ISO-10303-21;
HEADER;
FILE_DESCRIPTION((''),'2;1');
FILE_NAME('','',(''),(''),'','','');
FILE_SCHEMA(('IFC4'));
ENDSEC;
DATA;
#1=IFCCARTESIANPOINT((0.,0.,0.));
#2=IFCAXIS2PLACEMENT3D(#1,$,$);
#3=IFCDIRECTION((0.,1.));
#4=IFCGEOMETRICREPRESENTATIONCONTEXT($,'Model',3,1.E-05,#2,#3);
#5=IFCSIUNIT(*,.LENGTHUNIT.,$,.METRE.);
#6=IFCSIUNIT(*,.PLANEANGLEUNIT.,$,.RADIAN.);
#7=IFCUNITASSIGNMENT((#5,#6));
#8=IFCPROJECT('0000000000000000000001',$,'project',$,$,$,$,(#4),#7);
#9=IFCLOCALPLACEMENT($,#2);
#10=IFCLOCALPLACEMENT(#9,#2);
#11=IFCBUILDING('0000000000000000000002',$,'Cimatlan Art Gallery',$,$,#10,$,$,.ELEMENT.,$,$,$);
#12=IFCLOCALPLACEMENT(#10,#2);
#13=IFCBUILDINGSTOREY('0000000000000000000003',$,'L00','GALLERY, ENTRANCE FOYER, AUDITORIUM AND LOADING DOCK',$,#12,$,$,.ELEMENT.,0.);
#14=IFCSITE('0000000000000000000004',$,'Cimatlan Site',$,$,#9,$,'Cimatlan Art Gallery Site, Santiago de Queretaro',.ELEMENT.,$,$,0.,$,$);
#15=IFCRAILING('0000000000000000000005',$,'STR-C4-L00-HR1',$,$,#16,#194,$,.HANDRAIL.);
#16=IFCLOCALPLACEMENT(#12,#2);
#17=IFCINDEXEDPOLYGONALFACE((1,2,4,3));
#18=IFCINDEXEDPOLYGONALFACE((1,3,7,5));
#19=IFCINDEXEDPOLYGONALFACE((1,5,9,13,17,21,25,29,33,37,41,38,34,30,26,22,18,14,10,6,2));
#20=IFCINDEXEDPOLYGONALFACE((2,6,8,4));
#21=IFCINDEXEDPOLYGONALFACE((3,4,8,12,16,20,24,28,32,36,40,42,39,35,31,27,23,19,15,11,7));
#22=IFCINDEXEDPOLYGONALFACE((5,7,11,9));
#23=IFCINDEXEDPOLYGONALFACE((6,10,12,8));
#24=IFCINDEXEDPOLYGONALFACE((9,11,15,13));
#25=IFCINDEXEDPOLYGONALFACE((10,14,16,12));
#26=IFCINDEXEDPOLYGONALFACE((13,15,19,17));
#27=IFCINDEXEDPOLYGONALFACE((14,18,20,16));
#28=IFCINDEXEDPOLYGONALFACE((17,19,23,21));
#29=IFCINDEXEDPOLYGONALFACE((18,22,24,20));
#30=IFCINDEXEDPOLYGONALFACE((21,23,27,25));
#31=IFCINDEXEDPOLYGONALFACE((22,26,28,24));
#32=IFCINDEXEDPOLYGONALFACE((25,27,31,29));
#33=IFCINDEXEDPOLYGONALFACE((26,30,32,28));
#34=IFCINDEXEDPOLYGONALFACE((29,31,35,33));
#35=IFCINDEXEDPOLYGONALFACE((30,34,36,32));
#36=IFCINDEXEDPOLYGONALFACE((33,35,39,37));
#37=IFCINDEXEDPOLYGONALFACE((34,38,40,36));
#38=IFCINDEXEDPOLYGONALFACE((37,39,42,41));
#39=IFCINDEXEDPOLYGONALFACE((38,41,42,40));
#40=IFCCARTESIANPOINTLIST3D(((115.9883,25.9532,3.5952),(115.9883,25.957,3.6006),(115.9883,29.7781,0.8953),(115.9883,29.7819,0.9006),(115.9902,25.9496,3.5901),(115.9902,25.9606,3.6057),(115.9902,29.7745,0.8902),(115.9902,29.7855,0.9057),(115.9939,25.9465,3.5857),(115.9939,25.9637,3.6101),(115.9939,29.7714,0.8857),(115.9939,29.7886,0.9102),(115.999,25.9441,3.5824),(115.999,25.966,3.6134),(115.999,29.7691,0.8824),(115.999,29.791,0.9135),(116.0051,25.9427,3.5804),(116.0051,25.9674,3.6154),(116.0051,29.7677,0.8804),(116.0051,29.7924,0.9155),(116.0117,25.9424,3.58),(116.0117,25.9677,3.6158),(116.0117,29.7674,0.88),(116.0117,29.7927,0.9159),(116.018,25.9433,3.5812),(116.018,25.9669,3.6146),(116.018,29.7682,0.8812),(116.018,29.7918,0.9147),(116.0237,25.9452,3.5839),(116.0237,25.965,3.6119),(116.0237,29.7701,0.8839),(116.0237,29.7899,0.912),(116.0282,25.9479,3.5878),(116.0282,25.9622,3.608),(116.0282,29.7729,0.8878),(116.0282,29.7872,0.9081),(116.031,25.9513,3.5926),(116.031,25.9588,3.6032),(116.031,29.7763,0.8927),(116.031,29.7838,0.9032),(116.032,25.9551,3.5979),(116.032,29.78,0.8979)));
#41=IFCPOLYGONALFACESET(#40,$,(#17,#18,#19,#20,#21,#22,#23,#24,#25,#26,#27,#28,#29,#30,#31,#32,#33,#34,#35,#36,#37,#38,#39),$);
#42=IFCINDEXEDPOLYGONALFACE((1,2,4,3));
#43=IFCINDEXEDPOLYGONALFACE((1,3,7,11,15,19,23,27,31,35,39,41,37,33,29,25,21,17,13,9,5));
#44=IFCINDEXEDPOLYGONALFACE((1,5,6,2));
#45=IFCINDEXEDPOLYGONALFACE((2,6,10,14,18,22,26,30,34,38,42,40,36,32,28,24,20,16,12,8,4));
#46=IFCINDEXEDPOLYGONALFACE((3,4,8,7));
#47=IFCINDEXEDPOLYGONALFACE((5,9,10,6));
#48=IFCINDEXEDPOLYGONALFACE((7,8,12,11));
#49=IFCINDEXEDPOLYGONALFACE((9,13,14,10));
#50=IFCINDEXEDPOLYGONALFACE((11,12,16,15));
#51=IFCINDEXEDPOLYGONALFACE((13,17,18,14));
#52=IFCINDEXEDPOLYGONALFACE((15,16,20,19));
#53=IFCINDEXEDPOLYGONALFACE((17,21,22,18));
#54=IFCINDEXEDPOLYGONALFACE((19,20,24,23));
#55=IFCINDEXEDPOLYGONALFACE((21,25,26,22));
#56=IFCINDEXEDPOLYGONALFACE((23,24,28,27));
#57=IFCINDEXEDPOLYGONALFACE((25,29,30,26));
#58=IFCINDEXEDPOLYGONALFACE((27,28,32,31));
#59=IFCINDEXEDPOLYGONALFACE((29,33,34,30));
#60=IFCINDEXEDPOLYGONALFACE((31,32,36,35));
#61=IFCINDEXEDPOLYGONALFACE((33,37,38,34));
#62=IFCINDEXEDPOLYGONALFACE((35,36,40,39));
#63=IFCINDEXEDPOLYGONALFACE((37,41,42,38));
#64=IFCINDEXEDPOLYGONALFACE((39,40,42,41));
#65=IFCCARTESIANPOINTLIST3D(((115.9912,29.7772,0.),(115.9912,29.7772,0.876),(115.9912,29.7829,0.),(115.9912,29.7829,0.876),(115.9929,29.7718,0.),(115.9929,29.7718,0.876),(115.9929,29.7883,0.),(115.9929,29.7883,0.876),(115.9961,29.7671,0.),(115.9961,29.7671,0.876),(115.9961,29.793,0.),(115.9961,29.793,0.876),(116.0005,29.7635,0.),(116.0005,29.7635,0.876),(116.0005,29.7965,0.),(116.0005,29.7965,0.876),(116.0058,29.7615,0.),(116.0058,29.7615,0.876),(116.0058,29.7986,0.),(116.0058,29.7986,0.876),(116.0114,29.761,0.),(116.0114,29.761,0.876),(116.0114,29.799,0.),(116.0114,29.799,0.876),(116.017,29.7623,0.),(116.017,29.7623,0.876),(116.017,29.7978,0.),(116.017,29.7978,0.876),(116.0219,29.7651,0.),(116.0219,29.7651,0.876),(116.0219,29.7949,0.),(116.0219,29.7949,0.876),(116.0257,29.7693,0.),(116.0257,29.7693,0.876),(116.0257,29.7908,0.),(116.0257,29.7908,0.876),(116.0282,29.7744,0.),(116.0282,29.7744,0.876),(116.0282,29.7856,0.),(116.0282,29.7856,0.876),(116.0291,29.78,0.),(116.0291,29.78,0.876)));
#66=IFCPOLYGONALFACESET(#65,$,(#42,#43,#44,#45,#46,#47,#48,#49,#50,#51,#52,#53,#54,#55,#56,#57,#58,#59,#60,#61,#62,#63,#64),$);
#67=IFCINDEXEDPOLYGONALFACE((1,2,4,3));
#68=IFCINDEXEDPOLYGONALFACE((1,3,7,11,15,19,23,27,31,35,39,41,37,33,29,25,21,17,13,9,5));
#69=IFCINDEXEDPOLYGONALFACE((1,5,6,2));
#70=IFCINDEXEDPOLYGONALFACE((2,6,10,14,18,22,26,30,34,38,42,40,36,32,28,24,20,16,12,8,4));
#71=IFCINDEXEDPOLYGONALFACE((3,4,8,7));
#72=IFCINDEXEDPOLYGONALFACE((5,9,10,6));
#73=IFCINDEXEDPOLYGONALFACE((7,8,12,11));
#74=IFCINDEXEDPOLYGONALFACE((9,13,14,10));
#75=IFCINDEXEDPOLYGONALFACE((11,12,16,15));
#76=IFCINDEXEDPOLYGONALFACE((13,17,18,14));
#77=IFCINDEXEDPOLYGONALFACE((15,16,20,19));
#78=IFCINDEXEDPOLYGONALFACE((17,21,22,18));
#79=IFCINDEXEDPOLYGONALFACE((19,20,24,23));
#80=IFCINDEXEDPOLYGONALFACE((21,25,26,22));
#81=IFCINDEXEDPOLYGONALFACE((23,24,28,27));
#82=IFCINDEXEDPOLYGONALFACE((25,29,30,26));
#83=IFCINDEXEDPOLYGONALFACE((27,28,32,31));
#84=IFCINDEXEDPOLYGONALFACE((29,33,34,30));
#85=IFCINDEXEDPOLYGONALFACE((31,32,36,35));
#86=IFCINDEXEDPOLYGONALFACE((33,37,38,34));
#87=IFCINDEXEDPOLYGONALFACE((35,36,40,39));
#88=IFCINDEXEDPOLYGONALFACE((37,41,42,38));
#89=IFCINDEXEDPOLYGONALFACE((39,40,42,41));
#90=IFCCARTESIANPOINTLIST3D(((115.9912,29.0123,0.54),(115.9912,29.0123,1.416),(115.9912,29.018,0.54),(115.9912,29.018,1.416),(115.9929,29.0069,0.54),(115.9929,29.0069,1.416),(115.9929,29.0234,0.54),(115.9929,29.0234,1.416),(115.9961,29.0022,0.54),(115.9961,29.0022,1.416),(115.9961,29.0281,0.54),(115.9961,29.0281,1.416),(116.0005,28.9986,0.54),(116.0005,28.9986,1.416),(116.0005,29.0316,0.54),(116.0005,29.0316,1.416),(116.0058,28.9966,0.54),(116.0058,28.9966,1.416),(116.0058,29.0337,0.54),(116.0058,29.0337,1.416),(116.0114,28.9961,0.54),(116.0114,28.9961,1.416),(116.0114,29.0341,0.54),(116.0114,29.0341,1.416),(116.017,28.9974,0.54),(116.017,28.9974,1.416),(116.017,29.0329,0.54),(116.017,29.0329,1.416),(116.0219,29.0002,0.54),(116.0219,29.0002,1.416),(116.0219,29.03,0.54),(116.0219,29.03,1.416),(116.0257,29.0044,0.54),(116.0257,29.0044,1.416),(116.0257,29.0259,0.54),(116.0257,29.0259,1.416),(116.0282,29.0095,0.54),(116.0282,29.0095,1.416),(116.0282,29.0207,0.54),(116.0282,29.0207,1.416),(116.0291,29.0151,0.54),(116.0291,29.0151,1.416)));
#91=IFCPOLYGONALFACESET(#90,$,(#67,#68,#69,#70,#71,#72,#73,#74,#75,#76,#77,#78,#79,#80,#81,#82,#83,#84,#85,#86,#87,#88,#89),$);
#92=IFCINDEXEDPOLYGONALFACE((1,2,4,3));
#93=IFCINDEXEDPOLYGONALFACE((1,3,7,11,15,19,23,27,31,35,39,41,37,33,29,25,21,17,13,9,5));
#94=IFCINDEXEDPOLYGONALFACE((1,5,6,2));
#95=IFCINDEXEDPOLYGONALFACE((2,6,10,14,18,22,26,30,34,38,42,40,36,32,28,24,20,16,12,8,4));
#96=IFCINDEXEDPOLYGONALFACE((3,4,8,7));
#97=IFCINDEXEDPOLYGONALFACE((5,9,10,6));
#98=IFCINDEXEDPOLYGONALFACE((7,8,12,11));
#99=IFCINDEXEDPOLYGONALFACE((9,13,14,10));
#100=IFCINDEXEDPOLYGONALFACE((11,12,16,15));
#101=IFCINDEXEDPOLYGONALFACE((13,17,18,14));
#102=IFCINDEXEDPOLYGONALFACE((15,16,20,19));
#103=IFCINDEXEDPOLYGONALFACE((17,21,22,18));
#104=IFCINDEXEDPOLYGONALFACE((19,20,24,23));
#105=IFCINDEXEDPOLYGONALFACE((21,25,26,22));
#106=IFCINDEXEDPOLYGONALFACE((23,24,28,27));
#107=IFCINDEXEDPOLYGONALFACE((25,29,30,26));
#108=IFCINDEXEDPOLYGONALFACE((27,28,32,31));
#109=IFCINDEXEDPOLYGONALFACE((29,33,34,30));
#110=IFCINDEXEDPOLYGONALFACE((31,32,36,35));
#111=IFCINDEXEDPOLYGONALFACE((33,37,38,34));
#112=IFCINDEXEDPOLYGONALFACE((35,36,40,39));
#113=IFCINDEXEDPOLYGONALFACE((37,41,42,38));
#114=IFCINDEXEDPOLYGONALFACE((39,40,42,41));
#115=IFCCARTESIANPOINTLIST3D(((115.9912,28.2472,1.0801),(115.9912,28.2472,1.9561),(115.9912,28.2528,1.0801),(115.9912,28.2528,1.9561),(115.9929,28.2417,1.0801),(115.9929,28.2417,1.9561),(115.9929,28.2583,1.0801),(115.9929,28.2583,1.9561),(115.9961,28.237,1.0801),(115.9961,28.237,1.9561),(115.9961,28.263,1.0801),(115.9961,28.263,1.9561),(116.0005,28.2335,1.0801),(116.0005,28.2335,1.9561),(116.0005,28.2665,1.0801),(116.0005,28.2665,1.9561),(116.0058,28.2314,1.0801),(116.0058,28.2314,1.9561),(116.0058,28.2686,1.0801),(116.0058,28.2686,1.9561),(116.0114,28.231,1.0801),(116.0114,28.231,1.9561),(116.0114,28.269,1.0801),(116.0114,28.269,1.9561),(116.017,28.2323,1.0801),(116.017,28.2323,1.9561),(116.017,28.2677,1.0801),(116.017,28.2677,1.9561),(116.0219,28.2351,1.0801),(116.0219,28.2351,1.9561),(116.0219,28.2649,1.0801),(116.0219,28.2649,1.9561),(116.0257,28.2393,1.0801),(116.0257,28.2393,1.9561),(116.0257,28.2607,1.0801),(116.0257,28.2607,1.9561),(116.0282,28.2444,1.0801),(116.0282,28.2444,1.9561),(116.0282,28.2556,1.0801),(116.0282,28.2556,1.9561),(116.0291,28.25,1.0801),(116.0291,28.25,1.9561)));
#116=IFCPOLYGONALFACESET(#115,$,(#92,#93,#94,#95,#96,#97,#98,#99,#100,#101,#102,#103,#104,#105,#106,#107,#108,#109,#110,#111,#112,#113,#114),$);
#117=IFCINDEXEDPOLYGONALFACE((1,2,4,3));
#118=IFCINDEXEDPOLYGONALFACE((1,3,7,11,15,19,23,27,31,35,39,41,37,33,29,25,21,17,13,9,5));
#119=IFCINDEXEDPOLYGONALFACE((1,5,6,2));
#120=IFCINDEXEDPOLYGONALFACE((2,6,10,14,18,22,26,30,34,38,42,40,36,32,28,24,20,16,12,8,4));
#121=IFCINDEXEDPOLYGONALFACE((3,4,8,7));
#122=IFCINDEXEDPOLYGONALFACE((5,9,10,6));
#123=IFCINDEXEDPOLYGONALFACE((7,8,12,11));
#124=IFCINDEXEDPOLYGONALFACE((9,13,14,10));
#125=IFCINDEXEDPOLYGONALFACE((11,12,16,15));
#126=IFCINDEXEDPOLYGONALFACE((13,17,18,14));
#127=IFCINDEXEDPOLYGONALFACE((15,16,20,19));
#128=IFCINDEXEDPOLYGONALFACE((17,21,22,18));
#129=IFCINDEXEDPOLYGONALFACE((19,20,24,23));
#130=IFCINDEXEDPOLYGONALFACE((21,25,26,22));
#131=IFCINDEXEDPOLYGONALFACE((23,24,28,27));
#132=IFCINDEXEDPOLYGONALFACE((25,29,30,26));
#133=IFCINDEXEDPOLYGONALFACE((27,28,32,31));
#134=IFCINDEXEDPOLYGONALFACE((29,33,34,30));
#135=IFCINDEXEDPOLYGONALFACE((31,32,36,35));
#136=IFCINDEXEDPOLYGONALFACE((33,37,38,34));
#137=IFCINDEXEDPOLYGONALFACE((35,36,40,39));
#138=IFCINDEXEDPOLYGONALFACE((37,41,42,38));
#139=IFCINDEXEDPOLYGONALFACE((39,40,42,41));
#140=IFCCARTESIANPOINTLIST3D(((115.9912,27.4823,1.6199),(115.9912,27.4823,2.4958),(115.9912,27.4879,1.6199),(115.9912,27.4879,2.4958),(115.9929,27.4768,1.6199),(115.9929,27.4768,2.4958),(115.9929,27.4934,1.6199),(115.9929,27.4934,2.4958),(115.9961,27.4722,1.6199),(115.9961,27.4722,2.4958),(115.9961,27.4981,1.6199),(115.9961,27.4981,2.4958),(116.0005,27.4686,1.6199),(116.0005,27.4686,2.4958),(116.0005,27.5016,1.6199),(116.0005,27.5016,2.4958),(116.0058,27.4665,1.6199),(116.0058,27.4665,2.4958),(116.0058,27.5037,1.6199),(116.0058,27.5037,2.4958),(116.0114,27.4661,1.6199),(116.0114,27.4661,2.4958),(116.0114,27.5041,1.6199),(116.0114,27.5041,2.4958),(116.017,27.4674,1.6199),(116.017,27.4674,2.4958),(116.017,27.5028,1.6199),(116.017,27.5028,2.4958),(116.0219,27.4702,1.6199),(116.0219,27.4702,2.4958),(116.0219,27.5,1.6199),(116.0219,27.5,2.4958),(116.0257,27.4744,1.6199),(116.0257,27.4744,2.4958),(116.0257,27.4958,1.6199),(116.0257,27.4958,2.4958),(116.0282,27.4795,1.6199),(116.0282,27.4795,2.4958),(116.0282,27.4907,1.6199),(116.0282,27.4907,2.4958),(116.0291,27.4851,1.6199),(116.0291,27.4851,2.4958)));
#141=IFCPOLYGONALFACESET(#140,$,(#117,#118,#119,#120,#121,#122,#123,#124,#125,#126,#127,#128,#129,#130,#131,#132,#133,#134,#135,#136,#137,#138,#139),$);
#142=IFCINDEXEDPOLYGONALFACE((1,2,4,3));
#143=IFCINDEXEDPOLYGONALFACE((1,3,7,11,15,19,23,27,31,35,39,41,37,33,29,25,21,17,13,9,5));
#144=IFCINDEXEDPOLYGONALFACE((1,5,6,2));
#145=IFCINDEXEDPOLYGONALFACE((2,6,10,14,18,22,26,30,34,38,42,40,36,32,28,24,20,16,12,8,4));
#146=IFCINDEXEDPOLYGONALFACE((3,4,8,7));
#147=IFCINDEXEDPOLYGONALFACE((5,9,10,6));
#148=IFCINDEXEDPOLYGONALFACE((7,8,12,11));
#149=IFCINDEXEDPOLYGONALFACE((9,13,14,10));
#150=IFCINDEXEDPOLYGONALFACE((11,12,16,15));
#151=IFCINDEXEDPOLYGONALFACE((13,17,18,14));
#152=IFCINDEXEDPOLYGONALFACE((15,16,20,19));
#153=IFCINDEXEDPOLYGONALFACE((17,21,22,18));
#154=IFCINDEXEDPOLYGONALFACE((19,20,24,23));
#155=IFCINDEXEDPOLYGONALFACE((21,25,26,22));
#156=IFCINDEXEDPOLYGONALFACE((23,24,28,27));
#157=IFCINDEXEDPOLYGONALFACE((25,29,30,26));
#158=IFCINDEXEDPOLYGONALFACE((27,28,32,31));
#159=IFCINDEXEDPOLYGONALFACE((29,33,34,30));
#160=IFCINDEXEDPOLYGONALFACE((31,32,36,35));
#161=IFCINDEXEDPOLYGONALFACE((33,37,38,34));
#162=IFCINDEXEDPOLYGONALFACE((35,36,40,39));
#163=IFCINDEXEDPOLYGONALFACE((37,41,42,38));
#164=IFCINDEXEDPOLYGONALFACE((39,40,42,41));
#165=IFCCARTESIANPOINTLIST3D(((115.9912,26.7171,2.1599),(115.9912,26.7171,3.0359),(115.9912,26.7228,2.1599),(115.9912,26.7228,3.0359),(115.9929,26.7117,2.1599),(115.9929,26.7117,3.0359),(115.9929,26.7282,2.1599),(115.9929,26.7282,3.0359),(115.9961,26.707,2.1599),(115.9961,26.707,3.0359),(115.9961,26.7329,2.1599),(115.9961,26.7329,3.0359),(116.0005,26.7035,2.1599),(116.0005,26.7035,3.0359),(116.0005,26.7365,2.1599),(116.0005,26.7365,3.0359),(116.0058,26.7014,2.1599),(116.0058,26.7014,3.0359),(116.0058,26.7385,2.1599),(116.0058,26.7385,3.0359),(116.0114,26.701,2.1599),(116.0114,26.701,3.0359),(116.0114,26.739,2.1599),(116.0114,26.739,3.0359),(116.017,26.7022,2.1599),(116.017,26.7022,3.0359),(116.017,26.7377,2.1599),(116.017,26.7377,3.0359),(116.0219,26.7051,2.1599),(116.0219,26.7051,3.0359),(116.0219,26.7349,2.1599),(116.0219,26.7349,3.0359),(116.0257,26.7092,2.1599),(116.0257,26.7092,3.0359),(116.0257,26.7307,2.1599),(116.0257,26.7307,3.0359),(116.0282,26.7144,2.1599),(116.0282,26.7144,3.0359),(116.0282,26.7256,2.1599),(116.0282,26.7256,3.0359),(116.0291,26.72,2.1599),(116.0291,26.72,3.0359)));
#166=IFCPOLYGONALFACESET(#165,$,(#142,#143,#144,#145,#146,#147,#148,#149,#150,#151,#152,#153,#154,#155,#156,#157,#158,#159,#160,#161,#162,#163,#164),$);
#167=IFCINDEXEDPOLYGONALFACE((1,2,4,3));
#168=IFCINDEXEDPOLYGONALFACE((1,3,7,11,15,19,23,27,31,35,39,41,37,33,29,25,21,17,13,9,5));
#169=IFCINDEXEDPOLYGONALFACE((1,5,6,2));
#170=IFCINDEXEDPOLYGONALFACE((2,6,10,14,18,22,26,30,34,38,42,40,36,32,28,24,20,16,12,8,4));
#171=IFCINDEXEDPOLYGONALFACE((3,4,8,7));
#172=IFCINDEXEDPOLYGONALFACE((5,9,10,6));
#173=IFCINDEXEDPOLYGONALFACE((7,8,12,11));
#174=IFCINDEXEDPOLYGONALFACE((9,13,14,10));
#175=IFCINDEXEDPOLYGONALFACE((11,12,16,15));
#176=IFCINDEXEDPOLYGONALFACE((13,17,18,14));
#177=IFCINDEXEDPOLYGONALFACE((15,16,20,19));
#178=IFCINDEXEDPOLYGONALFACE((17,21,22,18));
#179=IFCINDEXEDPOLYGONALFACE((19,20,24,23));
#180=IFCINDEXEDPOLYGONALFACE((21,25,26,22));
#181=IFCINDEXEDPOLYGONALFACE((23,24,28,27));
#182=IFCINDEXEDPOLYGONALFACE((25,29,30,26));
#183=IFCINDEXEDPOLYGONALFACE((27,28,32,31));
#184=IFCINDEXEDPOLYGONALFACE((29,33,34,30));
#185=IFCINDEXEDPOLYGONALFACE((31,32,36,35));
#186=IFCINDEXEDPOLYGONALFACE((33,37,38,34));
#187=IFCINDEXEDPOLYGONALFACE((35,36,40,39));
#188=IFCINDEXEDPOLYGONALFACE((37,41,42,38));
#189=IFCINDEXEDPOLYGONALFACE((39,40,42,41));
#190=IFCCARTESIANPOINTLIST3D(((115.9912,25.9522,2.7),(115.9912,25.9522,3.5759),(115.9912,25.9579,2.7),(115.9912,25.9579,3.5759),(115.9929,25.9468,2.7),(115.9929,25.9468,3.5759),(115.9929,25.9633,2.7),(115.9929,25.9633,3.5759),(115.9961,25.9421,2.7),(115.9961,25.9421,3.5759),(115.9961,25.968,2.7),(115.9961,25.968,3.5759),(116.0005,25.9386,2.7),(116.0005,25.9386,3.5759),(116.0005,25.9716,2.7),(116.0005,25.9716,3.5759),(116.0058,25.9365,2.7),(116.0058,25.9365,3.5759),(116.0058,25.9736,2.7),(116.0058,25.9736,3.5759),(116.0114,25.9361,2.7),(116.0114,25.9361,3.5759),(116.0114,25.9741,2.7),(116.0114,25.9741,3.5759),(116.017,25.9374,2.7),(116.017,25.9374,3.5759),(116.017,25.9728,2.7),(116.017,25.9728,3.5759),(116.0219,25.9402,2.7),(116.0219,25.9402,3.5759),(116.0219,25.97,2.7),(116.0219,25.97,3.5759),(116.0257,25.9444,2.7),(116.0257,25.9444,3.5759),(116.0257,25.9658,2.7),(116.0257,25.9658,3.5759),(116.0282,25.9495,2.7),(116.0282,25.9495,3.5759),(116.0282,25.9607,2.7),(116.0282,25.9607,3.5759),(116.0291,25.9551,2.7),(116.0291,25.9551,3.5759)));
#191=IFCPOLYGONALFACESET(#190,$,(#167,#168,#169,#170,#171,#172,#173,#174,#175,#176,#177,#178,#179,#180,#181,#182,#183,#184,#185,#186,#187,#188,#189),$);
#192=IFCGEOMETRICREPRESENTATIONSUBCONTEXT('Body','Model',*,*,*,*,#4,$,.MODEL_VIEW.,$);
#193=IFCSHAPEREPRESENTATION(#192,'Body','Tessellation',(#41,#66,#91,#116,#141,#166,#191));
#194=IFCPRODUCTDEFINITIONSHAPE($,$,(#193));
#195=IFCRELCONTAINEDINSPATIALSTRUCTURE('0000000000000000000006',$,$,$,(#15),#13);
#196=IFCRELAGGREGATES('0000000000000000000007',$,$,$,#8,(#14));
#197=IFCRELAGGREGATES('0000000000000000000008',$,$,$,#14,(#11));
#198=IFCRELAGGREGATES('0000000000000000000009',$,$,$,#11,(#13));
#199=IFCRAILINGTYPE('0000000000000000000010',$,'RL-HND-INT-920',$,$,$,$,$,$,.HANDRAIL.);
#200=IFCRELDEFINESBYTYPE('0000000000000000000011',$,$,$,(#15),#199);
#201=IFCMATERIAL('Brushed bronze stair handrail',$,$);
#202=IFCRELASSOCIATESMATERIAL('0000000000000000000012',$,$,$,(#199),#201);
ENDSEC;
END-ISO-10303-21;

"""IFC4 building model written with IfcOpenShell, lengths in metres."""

from ifc_helpers import new_model, si_unit, direction, frame, origin, origin_2d, place, context, subcontext, project, spatial, circle, extrude, material, type_object, element, save


model = new_model("IFC4")

# Units and contexts
model_context = context("Model", 3, precision=1e-05, world=origin(), true_north=direction((0.0, 1.0)))
body_context = subcontext(model_context, "Body", "Model", "MODEL_VIEW")
ifc_project = project(units=[si_unit("LENGTHUNIT", "METRE"), si_unit("PLANEANGLEUNIT", "RADIAN")], contexts=[model_context])

# Site, building, storey
site_placement = place(None, origin())
site = spatial("IfcSite", under=ifc_project, at=site_placement, Name="Cimatlan Site", LongName="Cimatlan Art Gallery Site, Santiago de Queretaro", CompositionType="ELEMENT", RefElevation=0.0)
building_placement = place(site_placement, origin())
building = spatial("IfcBuilding", under=site, at=building_placement, Name="Cimatlan Art Gallery", CompositionType="ELEMENT")
storey_placement = place(building_placement, origin())
storey = spatial("IfcBuildingStorey", under=building, at=storey_placement, Name="L00", Description="GALLERY, ENTRANCE FOYER, AUDITORIUM AND LOADING DOCK", CompositionType="ELEMENT", Elevation=0.0)

# Railing
ifc_material_1 = material(Name="Brushed bronze stair handrail")
railing_type_1 = type_object("IfcRailingType", Name="RL-HND-INT-920", PredefinedType="HANDRAIL", material=ifc_material_1)
railing_1_placement = place(storey_placement, frame((116.01, 29.78, 0.0)))
element("IfcRailing", 1, at=railing_1_placement, inside=storey, type_object=railing_type_1, Name="STR-C4-L00-HR1", PredefinedType="HANDRAIL", context=body_context, shape_type="SweptSolid", body=[
    extrude(circle(Radius=0.022, at=origin_2d()), frame((0.0, 0.0, 0.8979), z_axis=(0.0, -0.816969, 0.576681), x_axis=(1.0, 0.0, 0.0)), (0.0, 0.0, 1.0), 4.6819),
    extrude(circle(Radius=0.019, at=origin_2d()), origin(), (0.0, 0.0, 1.0), 0.876),
    extrude(circle(Radius=0.019, at=origin_2d()), frame((0.0, -0.7649, 0.54)), (0.0, 0.0, 1.0), 0.876),
    extrude(circle(Radius=0.019, at=origin_2d()), frame((0.0, -1.53, 1.0801)), (0.0, 0.0, 1.0), 0.876),
    extrude(circle(Radius=0.019, at=origin_2d()), frame((0.0, -2.2949, 1.6199)), (0.0, 0.0, 1.0), 0.876),
    extrude(circle(Radius=0.019, at=origin_2d()), frame((0.0, -3.0601, 2.1599)), (0.0, 0.0, 1.0), 0.876),
    extrude(circle(Radius=0.019, at=origin_2d()), frame((0.0, -3.825, 2.7)), (0.0, 0.0, 1.0), 0.876),
])

save(model, "model.ifc")
